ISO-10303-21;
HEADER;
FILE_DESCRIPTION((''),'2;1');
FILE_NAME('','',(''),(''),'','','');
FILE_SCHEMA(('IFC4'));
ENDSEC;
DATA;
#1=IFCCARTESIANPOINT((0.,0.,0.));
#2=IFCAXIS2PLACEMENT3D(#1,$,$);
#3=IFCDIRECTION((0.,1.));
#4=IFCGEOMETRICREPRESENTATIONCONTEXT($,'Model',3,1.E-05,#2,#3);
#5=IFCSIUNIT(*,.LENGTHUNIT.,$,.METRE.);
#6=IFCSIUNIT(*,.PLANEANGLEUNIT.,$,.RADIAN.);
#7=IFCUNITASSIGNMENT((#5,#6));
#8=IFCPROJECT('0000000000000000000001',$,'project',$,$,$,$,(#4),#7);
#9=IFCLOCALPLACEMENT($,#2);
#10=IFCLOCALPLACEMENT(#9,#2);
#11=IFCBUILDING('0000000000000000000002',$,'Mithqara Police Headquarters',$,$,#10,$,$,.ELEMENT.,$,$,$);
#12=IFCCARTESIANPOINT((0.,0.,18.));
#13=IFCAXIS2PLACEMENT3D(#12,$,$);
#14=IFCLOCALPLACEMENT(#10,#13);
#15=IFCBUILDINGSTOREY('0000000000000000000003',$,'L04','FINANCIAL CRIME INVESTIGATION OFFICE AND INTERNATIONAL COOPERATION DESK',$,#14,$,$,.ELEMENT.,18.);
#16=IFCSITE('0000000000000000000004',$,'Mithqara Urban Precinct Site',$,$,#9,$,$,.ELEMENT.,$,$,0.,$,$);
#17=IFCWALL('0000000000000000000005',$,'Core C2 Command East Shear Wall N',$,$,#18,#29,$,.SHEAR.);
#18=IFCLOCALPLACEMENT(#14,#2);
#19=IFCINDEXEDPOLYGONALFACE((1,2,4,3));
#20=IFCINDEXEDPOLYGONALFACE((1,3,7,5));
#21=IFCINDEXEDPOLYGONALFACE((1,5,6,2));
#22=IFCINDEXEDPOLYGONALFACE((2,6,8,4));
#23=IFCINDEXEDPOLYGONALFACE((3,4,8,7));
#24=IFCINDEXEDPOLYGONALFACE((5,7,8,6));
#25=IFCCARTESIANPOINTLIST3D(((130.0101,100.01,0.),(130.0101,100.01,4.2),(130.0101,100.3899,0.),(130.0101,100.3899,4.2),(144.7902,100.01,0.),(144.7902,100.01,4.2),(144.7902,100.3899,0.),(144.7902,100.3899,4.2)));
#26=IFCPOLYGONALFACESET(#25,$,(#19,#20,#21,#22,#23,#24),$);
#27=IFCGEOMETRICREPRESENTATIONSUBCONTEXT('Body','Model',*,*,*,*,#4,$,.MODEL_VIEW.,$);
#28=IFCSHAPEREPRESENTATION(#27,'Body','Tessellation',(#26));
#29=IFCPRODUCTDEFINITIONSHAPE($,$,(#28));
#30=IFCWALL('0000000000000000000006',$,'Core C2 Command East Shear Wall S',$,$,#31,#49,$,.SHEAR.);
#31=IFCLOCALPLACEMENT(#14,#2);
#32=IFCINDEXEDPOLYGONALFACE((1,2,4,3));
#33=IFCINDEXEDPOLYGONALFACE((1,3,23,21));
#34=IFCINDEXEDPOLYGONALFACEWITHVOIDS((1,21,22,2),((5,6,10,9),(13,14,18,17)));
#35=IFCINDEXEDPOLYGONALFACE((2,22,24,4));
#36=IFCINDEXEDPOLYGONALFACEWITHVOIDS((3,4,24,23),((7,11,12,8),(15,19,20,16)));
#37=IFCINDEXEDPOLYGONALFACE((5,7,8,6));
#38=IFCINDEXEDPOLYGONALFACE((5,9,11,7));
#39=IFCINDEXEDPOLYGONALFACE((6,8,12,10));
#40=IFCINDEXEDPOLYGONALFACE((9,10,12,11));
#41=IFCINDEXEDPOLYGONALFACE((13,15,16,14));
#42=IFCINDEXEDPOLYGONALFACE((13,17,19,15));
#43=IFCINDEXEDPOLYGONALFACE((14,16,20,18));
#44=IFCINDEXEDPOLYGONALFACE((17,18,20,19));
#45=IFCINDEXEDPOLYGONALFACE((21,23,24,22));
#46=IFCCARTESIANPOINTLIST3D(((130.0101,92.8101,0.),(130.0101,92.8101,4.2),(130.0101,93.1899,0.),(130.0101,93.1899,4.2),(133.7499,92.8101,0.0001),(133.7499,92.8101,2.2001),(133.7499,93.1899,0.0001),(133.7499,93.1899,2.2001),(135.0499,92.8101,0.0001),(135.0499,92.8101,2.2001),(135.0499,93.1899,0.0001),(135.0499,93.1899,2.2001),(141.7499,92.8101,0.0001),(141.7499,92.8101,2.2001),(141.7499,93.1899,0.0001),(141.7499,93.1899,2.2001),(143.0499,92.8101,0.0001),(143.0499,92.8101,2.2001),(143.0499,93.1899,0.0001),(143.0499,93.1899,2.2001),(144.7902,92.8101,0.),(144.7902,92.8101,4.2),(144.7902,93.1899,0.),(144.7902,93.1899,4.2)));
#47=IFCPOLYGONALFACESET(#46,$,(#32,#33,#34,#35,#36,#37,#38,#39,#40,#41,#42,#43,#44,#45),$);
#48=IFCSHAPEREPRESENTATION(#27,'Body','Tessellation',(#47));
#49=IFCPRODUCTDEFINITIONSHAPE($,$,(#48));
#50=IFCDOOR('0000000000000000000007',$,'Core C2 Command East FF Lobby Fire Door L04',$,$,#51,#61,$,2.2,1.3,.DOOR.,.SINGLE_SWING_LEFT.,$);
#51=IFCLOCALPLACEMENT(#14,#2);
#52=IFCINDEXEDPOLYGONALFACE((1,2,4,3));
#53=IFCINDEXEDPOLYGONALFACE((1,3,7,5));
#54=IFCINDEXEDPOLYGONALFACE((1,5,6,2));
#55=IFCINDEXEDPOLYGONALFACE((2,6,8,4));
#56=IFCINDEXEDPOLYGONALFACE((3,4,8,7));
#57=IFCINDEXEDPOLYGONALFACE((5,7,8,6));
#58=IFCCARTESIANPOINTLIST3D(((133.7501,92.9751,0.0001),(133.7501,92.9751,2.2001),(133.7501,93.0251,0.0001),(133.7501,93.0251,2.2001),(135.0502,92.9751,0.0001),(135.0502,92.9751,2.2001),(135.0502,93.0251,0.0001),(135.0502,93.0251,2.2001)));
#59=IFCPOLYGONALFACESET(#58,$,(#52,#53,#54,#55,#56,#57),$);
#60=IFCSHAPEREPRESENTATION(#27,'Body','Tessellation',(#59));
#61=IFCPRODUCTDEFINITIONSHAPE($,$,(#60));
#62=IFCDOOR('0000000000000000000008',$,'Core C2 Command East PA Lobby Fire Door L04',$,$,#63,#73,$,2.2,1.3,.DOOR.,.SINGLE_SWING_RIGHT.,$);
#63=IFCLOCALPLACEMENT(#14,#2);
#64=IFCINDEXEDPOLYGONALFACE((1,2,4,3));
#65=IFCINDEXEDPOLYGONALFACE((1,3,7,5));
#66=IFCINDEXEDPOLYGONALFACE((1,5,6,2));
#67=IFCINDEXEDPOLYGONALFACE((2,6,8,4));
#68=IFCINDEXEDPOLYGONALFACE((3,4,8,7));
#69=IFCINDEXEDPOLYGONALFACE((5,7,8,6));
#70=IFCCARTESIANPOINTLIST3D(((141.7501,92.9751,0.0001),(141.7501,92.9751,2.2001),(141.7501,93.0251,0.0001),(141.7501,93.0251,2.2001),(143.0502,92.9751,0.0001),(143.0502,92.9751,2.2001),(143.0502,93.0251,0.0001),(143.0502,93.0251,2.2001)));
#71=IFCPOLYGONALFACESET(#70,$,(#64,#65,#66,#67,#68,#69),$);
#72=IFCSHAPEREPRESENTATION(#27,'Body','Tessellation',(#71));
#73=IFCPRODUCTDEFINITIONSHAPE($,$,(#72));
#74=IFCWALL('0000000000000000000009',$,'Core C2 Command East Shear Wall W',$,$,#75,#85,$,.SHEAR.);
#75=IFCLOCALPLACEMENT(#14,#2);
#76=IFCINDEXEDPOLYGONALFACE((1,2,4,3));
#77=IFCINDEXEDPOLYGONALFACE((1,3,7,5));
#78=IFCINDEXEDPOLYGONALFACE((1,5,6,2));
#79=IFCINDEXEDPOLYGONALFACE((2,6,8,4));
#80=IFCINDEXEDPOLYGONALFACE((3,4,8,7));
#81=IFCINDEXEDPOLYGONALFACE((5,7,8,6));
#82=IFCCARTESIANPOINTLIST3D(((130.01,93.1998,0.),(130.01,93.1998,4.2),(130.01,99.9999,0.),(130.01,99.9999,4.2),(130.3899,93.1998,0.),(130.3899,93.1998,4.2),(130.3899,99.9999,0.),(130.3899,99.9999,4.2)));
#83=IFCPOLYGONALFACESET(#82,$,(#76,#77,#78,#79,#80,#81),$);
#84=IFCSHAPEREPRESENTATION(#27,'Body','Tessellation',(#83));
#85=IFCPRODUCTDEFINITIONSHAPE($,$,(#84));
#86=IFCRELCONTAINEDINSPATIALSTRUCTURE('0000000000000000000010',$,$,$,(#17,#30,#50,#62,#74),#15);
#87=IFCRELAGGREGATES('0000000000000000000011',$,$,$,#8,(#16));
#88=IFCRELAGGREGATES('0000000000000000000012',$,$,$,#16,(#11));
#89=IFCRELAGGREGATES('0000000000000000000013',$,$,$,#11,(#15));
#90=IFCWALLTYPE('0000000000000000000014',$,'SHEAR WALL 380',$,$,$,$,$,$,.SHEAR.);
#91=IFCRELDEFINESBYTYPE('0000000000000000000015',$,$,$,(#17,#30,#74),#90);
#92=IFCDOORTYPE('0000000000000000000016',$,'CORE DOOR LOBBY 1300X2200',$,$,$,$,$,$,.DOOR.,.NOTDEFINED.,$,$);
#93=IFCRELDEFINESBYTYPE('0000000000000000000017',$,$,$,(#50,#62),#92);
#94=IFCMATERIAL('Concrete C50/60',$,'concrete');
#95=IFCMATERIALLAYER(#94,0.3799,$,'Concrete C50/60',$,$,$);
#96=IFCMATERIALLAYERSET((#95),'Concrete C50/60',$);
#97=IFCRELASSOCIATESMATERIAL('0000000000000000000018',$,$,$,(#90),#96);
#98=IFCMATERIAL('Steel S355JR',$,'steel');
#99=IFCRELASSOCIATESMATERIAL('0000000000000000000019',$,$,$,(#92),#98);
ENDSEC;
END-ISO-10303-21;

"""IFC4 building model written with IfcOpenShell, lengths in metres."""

from ifc_helpers import new_model, si_unit, direction, frame, frame_2d, origin, place, context, subcontext, project, spatial, rectangle, extrude, material, layer, layer_set, type_object, element, fill, save


model = new_model("IFC4")

# Units and contexts
model_context = context("Model", 3, precision=1e-05, world=origin(), true_north=direction((0.0, 1.0)))
body_context = subcontext(model_context, "Body", "Model", "MODEL_VIEW")
ifc_project = project(units=[si_unit("LENGTHUNIT", "METRE"), si_unit("PLANEANGLEUNIT", "RADIAN")], contexts=[model_context])

# Site, building, storey
site_placement = place(None, origin())
site = spatial("IfcSite", under=ifc_project, at=site_placement, Name="Mithqara Urban Precinct Site", CompositionType="ELEMENT", RefElevation=0.0)
building_placement = place(site_placement, origin())
building = spatial("IfcBuilding", under=site, at=building_placement, Name="Mithqara Police Headquarters", CompositionType="ELEMENT")
storey_placement = place(building_placement, frame((0.0, 0.0, 18.0)))
storey = spatial("IfcBuildingStorey", under=building, at=storey_placement, Name="L04", Description="FINANCIAL CRIME INVESTIGATION OFFICE AND INTERNATIONAL COOPERATION DESK", CompositionType="ELEMENT", Elevation=18.0)

# Shared definitions
ifc_material_1 = material(Name="Steel S355JR", Category="steel")

# Wall
ifc_material_2 = material(Name="Concrete C50/60", Category="concrete")
ifc_layer_1 = layer(ifc_material_2, 0.3799, Name="Concrete C50/60")
ifc_layer_set_1 = layer_set([ifc_layer_1], Name="Concrete C50/60")
wall_type_1 = type_object("IfcWallType", Name="SHEAR WALL 380", PredefinedType="SHEAR", material=ifc_layer_set_1)
wall_1_placement = place(storey_placement, frame((130.01, 100.2, 0.0), z_axis=(0.0, 0.0, 1.0), x_axis=(1.0, 0.0, 0.0)))
element("IfcWall", 1, at=wall_1_placement, inside=storey, type_object=wall_type_1, Name="Core C2 Command East Shear Wall N", PredefinedType="SHEAR", context=body_context, shape_type="SweptSolid", body=[
    extrude(rectangle(XDim=14.78, YDim=0.3799, at=frame_2d((7.3901, 0.0))), origin(), (0.0, 0.0, 1.0), 4.2),
])

# Wall, openings, doors
wall_2_placement = place(storey_placement, frame((130.01, 93.0, 0.0), z_axis=(0.0, 0.0, 1.0), x_axis=(1.0, 0.0, 0.0)))
wall_2 = element("IfcWall", 2, at=wall_2_placement, inside=storey, type_object=wall_type_1, Name="Core C2 Command East Shear Wall S", PredefinedType="SHEAR", context=body_context, shape_type="SweptSolid", body=[
    extrude(rectangle(XDim=14.78, YDim=0.3799, at=frame_2d((7.3901, 0.0))), origin(), (0.0, 0.0, 1.0), 4.2),
])
opening_1_placement = place(wall_2_placement, frame((3.74, 0.0, 0.0)))
opening_1 = element("IfcOpeningElement", 3, at=opening_1_placement, cuts=wall_2, PredefinedType="OPENING", context=body_context, shape_type="SweptSolid", body=[
    extrude(rectangle(XDim=1.3, YDim=2.2, at=frame_2d((0.6499, 1.1001))), frame((0.0, 0.2, 0.0), z_axis=(0.0, -1.0, 0.0), x_axis=(1.0, 0.0, 0.0)), (0.0, 0.0, 1.0), 0.3999),
])
opening_2_placement = place(wall_2_placement, frame((11.74, 0.0, 0.0)))
opening_2 = element("IfcOpeningElement", 4, at=opening_2_placement, cuts=wall_2, PredefinedType="OPENING", context=body_context, shape_type="SweptSolid", body=[
    extrude(rectangle(XDim=1.3, YDim=2.2, at=frame_2d((0.6499, 1.1001))), frame((0.0, 0.2, 0.0), z_axis=(0.0, -1.0, 0.0), x_axis=(1.0, 0.0, 0.0)), (0.0, 0.0, 1.0), 0.3999),
])
door_type_1 = type_object("IfcDoorType", Name="CORE DOOR LOBBY 1300X2200", OperationType="NOTDEFINED", PredefinedType="DOOR", material=ifc_material_1)
door_1_placement = place(opening_1_placement, frame((1.3, 0.0, 0.0), z_axis=(0.0, 0.0, 1.0), x_axis=(-1.0, 0.0, 0.0)))
door_1 = element("IfcDoor", 5, at=door_1_placement, inside=storey, type_object=door_type_1, Name="Core C2 Command East FF Lobby Fire Door L04", OperationType="SINGLE_SWING_LEFT", OverallHeight=2.2, OverallWidth=1.3, PredefinedType="DOOR", context=body_context, shape_type="SweptSolid", body=[
    extrude(rectangle(XDim=1.3, YDim=2.2, at=frame_2d((0.6499, 1.1001))), frame((0.0, 0.0249, 0.0), z_axis=(0.0, -1.0, 0.0), x_axis=(1.0, 0.0, 0.0)), (0.0, 0.0, 1.0), 0.05),
])
fill(opening_1, door_1)
door_2_placement = place(opening_2_placement, frame((1.3, 0.0, 0.0), z_axis=(0.0, 0.0, 1.0), x_axis=(-1.0, 0.0, 0.0)))
door_2 = element("IfcDoor", 6, at=door_2_placement, inside=storey, type_object=door_type_1, Name="Core C2 Command East PA Lobby Fire Door L04", OperationType="SINGLE_SWING_RIGHT", OverallHeight=2.2, OverallWidth=1.3, PredefinedType="DOOR", context=body_context, shape_type="SweptSolid", body=[
    extrude(rectangle(XDim=1.3, YDim=2.2, at=frame_2d((0.6499, 1.1001))), frame((0.0, 0.0249, 0.0), z_axis=(0.0, -1.0, 0.0), x_axis=(1.0, 0.0, 0.0)), (0.0, 0.0, 1.0), 0.05),
])
fill(opening_2, door_2)

# Wall
wall_3_placement = place(storey_placement, frame((130.2, 93.2, 0.0), z_axis=(0.0, 0.0, 1.0), x_axis=(0.0, 1.0, 0.0)))
element("IfcWall", 7, at=wall_3_placement, inside=storey, type_object=wall_type_1, Name="Core C2 Command East Shear Wall W", PredefinedType="SHEAR", context=body_context, shape_type="SweptSolid", body=[
    extrude(rectangle(XDim=6.8, YDim=0.3799, at=frame_2d((3.3999, 0.0))), origin(), (0.0, 0.0, 1.0), 4.2),
])

save(model, "model.ifc")
